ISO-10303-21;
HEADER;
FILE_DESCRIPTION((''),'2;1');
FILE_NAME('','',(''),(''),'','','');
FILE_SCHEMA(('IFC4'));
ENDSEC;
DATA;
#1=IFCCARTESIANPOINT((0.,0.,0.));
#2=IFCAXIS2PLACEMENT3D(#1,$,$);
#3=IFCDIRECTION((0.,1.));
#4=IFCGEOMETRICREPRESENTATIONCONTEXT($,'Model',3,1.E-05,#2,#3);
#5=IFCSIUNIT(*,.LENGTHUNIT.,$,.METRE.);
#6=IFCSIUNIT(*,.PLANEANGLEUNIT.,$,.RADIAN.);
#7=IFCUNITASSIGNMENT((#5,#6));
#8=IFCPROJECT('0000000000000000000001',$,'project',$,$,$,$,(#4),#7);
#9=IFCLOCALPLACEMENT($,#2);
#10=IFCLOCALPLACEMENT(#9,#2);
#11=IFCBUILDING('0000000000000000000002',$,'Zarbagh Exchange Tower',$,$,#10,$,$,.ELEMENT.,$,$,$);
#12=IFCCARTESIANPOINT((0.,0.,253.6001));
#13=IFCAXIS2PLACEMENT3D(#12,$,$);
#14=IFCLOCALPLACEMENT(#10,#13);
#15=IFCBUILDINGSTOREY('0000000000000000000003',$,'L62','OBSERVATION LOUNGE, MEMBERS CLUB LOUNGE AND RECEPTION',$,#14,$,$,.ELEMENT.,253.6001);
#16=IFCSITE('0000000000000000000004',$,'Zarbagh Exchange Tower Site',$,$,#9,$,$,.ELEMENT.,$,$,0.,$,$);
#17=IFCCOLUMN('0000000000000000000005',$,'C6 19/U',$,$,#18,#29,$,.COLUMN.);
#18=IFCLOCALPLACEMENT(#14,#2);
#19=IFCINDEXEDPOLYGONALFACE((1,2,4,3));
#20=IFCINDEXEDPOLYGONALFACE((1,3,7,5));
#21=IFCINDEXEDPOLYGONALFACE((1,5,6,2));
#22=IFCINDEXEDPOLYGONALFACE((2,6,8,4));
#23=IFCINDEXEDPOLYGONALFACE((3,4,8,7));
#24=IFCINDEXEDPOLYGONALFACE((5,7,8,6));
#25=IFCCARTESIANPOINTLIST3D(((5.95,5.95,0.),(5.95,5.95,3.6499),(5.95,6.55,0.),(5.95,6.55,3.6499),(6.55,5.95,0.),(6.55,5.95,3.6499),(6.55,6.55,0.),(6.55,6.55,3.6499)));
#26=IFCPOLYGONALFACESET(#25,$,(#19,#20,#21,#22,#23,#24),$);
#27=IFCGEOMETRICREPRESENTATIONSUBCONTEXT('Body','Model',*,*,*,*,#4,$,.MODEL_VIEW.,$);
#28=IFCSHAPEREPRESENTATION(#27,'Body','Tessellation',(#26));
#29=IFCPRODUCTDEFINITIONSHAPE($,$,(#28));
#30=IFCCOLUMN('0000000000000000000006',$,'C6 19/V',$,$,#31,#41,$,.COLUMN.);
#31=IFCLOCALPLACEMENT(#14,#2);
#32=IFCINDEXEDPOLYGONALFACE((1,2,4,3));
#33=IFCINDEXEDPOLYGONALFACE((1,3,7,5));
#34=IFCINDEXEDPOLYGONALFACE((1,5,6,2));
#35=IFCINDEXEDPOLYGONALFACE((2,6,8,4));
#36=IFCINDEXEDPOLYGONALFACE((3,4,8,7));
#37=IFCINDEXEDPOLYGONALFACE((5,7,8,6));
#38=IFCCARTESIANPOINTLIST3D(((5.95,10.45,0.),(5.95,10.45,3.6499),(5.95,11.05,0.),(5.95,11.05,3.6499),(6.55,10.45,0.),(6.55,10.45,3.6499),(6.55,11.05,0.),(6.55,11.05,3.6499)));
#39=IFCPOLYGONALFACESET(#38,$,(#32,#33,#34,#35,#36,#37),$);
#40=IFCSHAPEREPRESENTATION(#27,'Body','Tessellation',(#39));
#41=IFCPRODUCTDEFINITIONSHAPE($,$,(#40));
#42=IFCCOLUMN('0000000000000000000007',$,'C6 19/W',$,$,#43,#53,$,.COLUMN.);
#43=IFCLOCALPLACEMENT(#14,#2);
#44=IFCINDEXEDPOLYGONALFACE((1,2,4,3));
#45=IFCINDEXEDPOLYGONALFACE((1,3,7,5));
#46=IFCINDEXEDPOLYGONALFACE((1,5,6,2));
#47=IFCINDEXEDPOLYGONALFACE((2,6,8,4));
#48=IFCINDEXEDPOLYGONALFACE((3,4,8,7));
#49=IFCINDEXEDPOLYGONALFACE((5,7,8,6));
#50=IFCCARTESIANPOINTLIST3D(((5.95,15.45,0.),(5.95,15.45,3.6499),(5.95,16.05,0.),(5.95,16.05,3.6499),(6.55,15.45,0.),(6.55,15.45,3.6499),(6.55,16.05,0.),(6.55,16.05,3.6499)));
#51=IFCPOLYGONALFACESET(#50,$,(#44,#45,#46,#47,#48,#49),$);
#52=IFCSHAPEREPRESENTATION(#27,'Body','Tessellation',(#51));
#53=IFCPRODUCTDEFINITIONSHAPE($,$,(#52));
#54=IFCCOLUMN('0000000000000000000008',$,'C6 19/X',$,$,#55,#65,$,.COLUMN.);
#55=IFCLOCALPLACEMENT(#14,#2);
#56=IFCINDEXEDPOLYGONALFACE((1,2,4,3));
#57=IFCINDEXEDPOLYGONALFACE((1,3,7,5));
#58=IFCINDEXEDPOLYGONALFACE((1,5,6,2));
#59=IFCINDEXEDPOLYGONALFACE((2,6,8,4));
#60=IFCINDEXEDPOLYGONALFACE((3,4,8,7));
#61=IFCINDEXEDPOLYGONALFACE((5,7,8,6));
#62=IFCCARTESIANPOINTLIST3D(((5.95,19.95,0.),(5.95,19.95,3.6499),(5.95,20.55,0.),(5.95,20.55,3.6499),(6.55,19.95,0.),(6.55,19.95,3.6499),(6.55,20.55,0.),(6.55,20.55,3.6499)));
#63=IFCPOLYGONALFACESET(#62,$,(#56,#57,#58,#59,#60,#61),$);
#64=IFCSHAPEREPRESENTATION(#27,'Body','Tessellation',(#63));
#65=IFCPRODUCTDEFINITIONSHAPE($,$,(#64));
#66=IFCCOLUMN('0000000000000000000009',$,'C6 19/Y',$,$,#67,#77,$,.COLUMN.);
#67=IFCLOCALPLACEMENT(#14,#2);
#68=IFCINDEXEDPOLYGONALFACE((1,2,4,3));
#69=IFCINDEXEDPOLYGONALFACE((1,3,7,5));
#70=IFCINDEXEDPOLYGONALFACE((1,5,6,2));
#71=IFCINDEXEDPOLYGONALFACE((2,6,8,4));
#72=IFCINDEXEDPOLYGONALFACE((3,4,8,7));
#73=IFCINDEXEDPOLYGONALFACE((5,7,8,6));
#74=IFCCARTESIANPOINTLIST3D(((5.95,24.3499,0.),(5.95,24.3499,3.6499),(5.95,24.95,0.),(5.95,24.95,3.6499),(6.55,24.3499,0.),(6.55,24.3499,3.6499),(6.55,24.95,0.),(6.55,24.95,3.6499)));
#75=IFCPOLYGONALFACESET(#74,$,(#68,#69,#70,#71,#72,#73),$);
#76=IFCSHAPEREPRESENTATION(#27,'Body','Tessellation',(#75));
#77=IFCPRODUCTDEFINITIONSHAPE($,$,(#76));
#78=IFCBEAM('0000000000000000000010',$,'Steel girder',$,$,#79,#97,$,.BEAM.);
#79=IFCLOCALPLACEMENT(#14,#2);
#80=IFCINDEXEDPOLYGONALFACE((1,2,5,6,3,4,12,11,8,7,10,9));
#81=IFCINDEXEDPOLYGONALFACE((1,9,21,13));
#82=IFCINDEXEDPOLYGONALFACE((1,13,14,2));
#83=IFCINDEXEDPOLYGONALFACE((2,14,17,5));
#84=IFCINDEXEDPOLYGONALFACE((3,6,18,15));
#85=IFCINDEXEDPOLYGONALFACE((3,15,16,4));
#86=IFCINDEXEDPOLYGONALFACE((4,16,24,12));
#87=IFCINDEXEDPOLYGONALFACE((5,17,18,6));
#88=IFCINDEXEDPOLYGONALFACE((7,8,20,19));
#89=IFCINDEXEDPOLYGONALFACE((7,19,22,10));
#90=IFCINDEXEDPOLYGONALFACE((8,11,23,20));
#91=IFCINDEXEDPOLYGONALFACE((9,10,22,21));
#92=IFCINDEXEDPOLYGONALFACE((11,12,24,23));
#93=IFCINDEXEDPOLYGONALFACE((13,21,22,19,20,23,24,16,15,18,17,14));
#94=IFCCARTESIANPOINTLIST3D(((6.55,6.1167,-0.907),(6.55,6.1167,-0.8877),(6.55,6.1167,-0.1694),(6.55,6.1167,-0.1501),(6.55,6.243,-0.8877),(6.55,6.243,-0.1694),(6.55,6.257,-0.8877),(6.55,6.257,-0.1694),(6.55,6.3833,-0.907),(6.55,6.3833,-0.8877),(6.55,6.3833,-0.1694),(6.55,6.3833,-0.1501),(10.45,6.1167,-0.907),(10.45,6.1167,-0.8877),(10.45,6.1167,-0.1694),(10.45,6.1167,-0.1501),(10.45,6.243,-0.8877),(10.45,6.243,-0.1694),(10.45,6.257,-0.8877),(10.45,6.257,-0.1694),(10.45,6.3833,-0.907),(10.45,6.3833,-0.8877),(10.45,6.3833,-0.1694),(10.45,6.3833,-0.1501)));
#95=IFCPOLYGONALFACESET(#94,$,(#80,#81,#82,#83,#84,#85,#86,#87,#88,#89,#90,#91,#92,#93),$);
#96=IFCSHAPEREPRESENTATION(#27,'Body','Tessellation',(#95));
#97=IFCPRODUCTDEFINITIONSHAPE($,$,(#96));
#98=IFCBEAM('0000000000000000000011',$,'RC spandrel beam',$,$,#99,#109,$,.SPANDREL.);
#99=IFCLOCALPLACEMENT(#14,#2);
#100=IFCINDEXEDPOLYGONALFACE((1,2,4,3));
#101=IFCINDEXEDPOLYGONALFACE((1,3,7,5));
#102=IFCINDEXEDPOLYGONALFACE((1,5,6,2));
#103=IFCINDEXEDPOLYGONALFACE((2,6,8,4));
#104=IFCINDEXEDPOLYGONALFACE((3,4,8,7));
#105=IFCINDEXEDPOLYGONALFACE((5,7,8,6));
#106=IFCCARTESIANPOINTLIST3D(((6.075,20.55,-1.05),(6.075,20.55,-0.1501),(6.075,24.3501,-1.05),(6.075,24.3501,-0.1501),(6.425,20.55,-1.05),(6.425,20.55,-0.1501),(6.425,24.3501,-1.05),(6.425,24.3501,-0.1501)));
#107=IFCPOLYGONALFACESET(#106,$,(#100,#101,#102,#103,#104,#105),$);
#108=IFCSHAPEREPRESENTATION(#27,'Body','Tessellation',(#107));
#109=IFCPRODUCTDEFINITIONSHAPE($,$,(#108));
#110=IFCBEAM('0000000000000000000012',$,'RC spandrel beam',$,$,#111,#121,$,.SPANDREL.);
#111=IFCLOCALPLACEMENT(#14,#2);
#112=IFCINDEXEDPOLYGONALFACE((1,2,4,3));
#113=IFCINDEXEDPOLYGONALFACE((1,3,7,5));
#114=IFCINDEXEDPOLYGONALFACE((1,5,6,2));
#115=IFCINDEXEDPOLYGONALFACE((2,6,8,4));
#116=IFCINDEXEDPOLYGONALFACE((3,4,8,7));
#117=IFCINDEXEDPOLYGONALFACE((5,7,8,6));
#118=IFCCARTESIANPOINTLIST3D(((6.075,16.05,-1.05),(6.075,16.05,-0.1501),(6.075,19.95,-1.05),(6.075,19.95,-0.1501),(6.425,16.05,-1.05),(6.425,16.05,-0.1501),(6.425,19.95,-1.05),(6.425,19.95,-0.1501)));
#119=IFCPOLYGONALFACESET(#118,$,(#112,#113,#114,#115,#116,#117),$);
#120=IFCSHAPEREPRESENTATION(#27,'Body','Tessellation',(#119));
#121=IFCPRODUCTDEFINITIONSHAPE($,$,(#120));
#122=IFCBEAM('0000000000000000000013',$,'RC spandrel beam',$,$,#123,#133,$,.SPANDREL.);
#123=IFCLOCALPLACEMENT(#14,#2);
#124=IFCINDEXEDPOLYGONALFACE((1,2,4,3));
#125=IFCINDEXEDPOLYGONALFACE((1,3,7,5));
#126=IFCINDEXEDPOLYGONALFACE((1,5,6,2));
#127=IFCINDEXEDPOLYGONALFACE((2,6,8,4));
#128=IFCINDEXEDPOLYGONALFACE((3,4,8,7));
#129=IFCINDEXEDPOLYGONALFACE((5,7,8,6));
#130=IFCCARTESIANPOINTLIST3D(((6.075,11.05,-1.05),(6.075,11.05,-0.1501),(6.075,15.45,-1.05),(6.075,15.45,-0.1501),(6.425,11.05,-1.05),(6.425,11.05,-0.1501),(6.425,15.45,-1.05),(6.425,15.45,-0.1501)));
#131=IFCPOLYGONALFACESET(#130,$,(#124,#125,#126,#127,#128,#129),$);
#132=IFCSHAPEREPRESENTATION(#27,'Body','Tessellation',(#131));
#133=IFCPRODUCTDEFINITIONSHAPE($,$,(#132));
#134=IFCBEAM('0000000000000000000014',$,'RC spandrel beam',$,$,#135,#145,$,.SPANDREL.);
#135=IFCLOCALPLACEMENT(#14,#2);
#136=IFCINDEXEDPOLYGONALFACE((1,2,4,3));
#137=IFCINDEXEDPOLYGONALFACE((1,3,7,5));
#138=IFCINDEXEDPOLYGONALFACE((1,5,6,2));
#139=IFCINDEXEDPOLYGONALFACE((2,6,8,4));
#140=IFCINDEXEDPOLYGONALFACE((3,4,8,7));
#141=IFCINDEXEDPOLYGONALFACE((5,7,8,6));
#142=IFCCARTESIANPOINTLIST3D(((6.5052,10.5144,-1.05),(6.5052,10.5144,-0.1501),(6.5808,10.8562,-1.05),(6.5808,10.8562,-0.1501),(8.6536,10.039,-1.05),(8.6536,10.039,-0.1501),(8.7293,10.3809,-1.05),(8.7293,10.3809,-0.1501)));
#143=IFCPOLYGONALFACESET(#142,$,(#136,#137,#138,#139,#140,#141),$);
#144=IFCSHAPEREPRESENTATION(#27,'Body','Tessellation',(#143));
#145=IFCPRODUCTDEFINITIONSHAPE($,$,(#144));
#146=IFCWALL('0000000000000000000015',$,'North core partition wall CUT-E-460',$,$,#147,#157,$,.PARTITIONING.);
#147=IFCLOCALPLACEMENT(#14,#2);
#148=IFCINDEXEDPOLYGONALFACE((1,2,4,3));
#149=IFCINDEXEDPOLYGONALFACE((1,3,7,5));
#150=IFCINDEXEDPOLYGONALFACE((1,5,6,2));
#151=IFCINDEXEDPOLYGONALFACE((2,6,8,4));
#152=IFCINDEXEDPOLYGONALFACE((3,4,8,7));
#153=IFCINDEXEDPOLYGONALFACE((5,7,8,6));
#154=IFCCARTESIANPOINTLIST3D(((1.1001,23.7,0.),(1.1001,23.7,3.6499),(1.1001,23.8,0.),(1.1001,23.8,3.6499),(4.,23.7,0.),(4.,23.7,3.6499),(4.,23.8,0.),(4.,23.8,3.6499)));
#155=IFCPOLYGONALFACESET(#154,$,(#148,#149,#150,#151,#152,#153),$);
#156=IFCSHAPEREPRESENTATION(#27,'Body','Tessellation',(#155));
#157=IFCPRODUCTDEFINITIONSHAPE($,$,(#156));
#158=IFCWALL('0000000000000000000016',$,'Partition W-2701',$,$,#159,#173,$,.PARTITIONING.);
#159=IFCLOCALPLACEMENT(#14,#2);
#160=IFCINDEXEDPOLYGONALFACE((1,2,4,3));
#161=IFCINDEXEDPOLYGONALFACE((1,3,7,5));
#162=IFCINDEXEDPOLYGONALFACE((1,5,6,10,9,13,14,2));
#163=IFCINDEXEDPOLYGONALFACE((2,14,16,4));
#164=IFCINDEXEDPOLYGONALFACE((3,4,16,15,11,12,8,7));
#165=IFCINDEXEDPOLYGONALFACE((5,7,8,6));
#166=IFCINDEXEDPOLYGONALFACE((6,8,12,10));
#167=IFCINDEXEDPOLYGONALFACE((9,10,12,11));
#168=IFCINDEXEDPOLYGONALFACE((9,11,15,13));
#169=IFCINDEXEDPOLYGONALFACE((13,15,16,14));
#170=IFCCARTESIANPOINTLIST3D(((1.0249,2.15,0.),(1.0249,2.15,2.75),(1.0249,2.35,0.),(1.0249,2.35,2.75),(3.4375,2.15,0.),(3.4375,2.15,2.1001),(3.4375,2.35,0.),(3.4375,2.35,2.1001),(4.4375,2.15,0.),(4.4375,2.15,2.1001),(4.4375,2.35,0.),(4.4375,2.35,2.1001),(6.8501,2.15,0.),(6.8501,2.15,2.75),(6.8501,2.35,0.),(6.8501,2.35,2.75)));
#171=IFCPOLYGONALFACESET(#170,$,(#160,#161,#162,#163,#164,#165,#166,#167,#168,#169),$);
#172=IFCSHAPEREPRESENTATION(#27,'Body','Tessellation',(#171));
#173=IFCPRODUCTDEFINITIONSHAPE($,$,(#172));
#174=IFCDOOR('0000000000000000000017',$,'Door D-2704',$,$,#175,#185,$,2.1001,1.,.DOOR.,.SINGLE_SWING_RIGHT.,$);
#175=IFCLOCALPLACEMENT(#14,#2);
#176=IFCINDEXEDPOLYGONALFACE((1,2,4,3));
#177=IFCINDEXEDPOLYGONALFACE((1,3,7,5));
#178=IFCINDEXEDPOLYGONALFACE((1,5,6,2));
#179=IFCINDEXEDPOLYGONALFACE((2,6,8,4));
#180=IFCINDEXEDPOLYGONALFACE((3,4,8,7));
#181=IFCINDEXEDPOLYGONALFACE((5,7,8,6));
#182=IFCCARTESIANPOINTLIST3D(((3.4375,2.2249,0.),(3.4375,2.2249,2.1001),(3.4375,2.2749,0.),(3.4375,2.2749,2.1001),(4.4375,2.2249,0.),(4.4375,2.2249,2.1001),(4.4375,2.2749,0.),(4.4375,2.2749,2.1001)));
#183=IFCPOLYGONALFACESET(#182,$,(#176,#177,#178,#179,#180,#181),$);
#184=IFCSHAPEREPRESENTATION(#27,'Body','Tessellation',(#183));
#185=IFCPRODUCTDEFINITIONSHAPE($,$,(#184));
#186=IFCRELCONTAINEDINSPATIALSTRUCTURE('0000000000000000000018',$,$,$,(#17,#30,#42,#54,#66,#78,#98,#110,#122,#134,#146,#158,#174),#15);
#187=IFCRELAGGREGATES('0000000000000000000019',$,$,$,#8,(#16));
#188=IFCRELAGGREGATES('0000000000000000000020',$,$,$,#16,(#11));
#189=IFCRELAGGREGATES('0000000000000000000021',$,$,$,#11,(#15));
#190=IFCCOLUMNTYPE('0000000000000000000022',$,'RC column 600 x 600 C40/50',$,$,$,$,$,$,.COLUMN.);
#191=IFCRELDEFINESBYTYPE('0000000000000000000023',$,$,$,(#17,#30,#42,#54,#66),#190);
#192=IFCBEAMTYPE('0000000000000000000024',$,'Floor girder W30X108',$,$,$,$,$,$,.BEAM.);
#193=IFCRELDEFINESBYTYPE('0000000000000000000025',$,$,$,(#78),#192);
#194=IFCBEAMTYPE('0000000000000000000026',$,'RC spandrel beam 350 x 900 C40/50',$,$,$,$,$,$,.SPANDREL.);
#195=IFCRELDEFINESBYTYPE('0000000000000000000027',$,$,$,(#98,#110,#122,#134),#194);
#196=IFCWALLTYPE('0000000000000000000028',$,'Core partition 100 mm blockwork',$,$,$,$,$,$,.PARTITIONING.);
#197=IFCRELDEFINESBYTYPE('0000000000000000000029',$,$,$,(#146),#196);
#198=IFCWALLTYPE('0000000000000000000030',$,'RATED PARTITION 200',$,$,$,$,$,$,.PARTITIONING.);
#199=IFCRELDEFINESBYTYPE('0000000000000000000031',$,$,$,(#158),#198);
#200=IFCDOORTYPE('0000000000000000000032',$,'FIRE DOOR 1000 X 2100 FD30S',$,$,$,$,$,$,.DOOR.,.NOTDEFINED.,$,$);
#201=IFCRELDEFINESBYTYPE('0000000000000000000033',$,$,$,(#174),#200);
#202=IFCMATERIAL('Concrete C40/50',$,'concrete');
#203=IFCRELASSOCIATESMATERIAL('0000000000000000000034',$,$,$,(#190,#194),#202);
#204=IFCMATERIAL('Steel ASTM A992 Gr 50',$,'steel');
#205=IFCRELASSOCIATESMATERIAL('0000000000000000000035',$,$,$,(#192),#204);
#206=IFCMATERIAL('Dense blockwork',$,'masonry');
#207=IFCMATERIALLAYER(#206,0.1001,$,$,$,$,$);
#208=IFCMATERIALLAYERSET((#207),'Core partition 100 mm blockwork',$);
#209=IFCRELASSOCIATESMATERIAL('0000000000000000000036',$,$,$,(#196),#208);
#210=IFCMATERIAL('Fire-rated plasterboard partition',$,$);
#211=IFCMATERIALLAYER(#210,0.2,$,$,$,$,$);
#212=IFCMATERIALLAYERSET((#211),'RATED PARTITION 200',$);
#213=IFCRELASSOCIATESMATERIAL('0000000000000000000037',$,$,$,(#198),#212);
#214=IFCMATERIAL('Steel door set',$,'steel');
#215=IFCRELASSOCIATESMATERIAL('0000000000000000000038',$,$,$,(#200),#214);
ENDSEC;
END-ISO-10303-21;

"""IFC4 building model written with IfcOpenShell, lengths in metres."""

from ifc_helpers import new_model, si_unit, direction, frame, frame_2d, origin, origin_2d, place, context, subcontext, project, spatial, rectangle, i_section, extrude, material, layer, layer_set, material_profile, profile_set, type_object, element, fill, save


model = new_model("IFC4")

# Units and contexts
model_context = context("Model", 3, precision=1e-05, world=origin(), true_north=direction((0.0, 1.0)))
body_context = subcontext(model_context, "Body", "Model", "MODEL_VIEW")
ifc_project = project(units=[si_unit("LENGTHUNIT", "METRE"), si_unit("PLANEANGLEUNIT", "RADIAN")], contexts=[model_context])

# Site, building, storey
site_placement = place(None, origin())
site = spatial("IfcSite", under=ifc_project, at=site_placement, Name="Zarbagh Exchange Tower Site", CompositionType="ELEMENT", RefElevation=0.0)
building_placement = place(site_placement, origin())
building = spatial("IfcBuilding", under=site, at=building_placement, Name="Zarbagh Exchange Tower", CompositionType="ELEMENT")
storey_placement = place(building_placement, frame((0.0, 0.0, 253.6001)))
storey = spatial("IfcBuildingStorey", under=building, at=storey_placement, Name="L62", Description="OBSERVATION LOUNGE, MEMBERS CLUB LOUNGE AND RECEPTION", CompositionType="ELEMENT", Elevation=253.6001)

# Columns
ifc_material_1 = material(Name="Concrete C40/50", Category="concrete")
ifc_material_profile_1 = material_profile(ifc_material_1, rectangle(XDim=0.6001, YDim=0.6001, at=origin_2d()), Name="RC column 600 x 600 C40/50")
ifc_profile_set_1 = profile_set([ifc_material_profile_1], Name="Concrete C40/50")
column_type = type_object("IfcColumnType", Name="RC column 600 x 600 C40/50", PredefinedType="COLUMN", material=ifc_profile_set_1)
for number, where, z_axis, x_axis, name in (
    (1, (6.25, 6.25, 0.0), (0.0, 0.0, 1.0), (1.0, 0.0, 0.0), "C6 19/U"),
    (2, (6.25, 10.75, 0.0), (0.0, 0.0, 1.0), (1.0, 0.0, 0.0), "C6 19/V"),
    (3, (6.25, 15.75, 0.0), (0.0, 0.0, 1.0), (1.0, 0.0, 0.0), "C6 19/W"),
    (4, (6.25, 20.25, 0.0), (0.0, 0.0, 1.0), (1.0, 0.0, 0.0), "C6 19/X"),
    (5, (6.25, 24.6499, 0.0), (0.0, 0.0, 1.0), (1.0, 0.0, 0.0), "C6 19/Y"),
):
    element("IfcColumn", number, at=place(storey_placement, frame(where, z_axis=z_axis, x_axis=x_axis)), inside=storey, type_object=column_type, Name=name, PredefinedType="COLUMN", context=body_context, shape_type="SweptSolid", body=[
        extrude(rectangle(XDim=0.6001, YDim=0.6001, at=origin_2d()), origin(), (0.0, 0.0, 1.0), 3.6499),
    ])

# Beams
ifc_material_2 = material(Name="Steel ASTM A992 Gr 50", Category="steel")
ifc_material_profile_2 = material_profile(ifc_material_2, i_section(OverallWidth=0.2666, OverallDepth=0.7568, WebThickness=0.0139, FlangeThickness=0.0193, at=origin_2d()), Name="W30X108")
ifc_profile_set_2 = profile_set([ifc_material_profile_2], Name="Steel ASTM A992 Gr 50")
beam_type_1 = type_object("IfcBeamType", Name="Floor girder W30X108", PredefinedType="BEAM", material=ifc_profile_set_2)
beam_1_placement = place(storey_placement, frame((6.55, 6.25, -0.5286), z_axis=(1.0, 0.0, 0.0), x_axis=(0.0, 1.0, 0.0)))
element("IfcBeam", 6, at=beam_1_placement, inside=storey, type_object=beam_type_1, Name="Steel girder", PredefinedType="BEAM", context=body_context, shape_type="SweptSolid", body=[
    extrude(i_section(OverallWidth=0.2666, OverallDepth=0.7568, WebThickness=0.0139, FlangeThickness=0.0193, at=origin_2d()), origin(), (0.0, 0.0, 1.0), 3.8999),
])
ifc_material_profile_3 = material_profile(ifc_material_1, rectangle(XDim=0.3501, YDim=0.8999, at=origin_2d()), Name="RC spandrel beam 350 x 900 C40/50")
ifc_profile_set_3 = profile_set([ifc_material_profile_3], Name="Concrete C40/50")
beam_type_2 = type_object("IfcBeamType", Name="RC spandrel beam 350 x 900 C40/50", PredefinedType="SPANDREL", material=ifc_profile_set_3)
beam_2_placement = place(storey_placement, frame((6.25, 24.3501, -0.6001), z_axis=(0.0, -1.0, 0.0), x_axis=(1.0, 0.0, 0.0)))
element("IfcBeam", 7, at=beam_2_placement, inside=storey, type_object=beam_type_2, Name="RC spandrel beam", PredefinedType="SPANDREL", context=body_context, shape_type="SweptSolid", body=[
    extrude(rectangle(XDim=0.3501, YDim=0.8999, at=origin_2d()), origin(), (0.0, 0.0, 1.0), 3.8),
])
beam_3_placement = place(storey_placement, frame((6.25, 19.95, -0.6001), z_axis=(0.0, -1.0, 0.0), x_axis=(1.0, 0.0, 0.0)))
element("IfcBeam", 8, at=beam_3_placement, inside=storey, type_object=beam_type_2, Name="RC spandrel beam", PredefinedType="SPANDREL", context=body_context, shape_type="SweptSolid", body=[
    extrude(rectangle(XDim=0.3501, YDim=0.8999, at=origin_2d()), origin(), (0.0, 0.0, 1.0), 3.8999),
])
beam_4_placement = place(storey_placement, frame((6.25, 15.45, -0.6001), z_axis=(0.0, -1.0, 0.0), x_axis=(1.0, 0.0, 0.0)))
element("IfcBeam", 9, at=beam_4_placement, inside=storey, type_object=beam_type_2, Name="RC spandrel beam", PredefinedType="SPANDREL", context=body_context, shape_type="SweptSolid", body=[
    extrude(rectangle(XDim=0.3501, YDim=0.8999, at=origin_2d()), origin(), (0.0, 0.0, 1.0), 4.3999),
])
beam_5_placement = place(storey_placement, frame((6.543, 10.6853, -0.6001), z_axis=(0.976388, -0.216026, 0.0), x_axis=(0.216026, 0.976388, 0.0)))
element("IfcBeam", 10, at=beam_5_placement, inside=storey, type_object=beam_type_2, Name="RC spandrel beam", PredefinedType="SPANDREL", context=body_context, shape_type="SweptSolid", body=[
    extrude(rectangle(XDim=0.3501, YDim=0.8999, at=origin_2d()), origin(), (0.0, 0.0, 1.0), 2.2004),
])

# Wall
ifc_material_3 = material(Name="Dense blockwork", Category="masonry")
ifc_layer_1 = layer(ifc_material_3, 0.1001)
ifc_layer_set_1 = layer_set([ifc_layer_1], Name="Core partition 100 mm blockwork")
wall_type_1 = type_object("IfcWallType", Name="Core partition 100 mm blockwork", PredefinedType="PARTITIONING", material=ifc_layer_set_1)
wall_1_placement = place(storey_placement, frame((1.1001, 23.75, 0.0), z_axis=(0.0, 0.0, 1.0), x_axis=(1.0, 0.0, 0.0)))
element("IfcWall", 11, at=wall_1_placement, inside=storey, type_object=wall_type_1, Name="North core partition wall CUT-E-460", PredefinedType="PARTITIONING", context=body_context, shape_type="SweptSolid", body=[
    extrude(rectangle(XDim=2.8999, YDim=0.1001, at=frame_2d((1.45, 0.0))), origin(), (0.0, 0.0, 1.0), 3.6499),
])

# Wall, opening, door
ifc_material_4 = material(Name="Fire-rated plasterboard partition")
ifc_layer_2 = layer(ifc_material_4, 0.2)
ifc_layer_set_2 = layer_set([ifc_layer_2], Name="RATED PARTITION 200")
wall_type_2 = type_object("IfcWallType", Name="RATED PARTITION 200", PredefinedType="PARTITIONING", material=ifc_layer_set_2)
wall_2_placement = place(storey_placement, frame((1.0249, 2.25, 0.0), z_axis=(0.0, 0.0, 1.0), x_axis=(1.0, 0.0, 0.0)))
wall_2 = element("IfcWall", 12, at=wall_2_placement, inside=storey, type_object=wall_type_2, Name="Partition W-2701", PredefinedType="PARTITIONING", context=body_context, shape_type="SweptSolid", body=[
    extrude(rectangle(XDim=5.8252, YDim=0.2, at=frame_2d((2.9126, 0.0))), origin(), (0.0, 0.0, 1.0), 2.75),
])
opening_1_placement = place(wall_2_placement, frame((2.4126, 0.0, 0.0)))
opening_1 = element("IfcOpeningElement", 13, at=opening_1_placement, cuts=wall_2, PredefinedType="OPENING", context=body_context, shape_type="SweptSolid", body=[
    extrude(rectangle(XDim=1.0, YDim=2.1001, at=frame_2d((0.5, 1.05))), frame((0.0, 0.1099, 0.0), z_axis=(0.0, -1.0, 0.0), x_axis=(1.0, 0.0, 0.0)), (0.0, 0.0, 1.0), 0.22),
])
ifc_material_5 = material(Name="Steel door set", Category="steel")
door_type_1 = type_object("IfcDoorType", Name="FIRE DOOR 1000 X 2100 FD30S", OperationType="NOTDEFINED", PredefinedType="DOOR", material=ifc_material_5)
door_1_placement = place(opening_1_placement, origin())
door_1 = element("IfcDoor", 14, at=door_1_placement, inside=storey, type_object=door_type_1, Name="Door D-2704", OperationType="SINGLE_SWING_RIGHT", OverallHeight=2.1001, OverallWidth=1.0, PredefinedType="DOOR", context=body_context, shape_type="SweptSolid", body=[
    extrude(rectangle(XDim=1.0, YDim=2.1001, at=frame_2d((0.5, 1.05))), frame((0.0, 0.0249, 0.0), z_axis=(0.0, -1.0, 0.0), x_axis=(1.0, 0.0, 0.0)), (0.0, 0.0, 1.0), 0.05),
])
fill(opening_1, door_1)

save(model, "model.ifc")
